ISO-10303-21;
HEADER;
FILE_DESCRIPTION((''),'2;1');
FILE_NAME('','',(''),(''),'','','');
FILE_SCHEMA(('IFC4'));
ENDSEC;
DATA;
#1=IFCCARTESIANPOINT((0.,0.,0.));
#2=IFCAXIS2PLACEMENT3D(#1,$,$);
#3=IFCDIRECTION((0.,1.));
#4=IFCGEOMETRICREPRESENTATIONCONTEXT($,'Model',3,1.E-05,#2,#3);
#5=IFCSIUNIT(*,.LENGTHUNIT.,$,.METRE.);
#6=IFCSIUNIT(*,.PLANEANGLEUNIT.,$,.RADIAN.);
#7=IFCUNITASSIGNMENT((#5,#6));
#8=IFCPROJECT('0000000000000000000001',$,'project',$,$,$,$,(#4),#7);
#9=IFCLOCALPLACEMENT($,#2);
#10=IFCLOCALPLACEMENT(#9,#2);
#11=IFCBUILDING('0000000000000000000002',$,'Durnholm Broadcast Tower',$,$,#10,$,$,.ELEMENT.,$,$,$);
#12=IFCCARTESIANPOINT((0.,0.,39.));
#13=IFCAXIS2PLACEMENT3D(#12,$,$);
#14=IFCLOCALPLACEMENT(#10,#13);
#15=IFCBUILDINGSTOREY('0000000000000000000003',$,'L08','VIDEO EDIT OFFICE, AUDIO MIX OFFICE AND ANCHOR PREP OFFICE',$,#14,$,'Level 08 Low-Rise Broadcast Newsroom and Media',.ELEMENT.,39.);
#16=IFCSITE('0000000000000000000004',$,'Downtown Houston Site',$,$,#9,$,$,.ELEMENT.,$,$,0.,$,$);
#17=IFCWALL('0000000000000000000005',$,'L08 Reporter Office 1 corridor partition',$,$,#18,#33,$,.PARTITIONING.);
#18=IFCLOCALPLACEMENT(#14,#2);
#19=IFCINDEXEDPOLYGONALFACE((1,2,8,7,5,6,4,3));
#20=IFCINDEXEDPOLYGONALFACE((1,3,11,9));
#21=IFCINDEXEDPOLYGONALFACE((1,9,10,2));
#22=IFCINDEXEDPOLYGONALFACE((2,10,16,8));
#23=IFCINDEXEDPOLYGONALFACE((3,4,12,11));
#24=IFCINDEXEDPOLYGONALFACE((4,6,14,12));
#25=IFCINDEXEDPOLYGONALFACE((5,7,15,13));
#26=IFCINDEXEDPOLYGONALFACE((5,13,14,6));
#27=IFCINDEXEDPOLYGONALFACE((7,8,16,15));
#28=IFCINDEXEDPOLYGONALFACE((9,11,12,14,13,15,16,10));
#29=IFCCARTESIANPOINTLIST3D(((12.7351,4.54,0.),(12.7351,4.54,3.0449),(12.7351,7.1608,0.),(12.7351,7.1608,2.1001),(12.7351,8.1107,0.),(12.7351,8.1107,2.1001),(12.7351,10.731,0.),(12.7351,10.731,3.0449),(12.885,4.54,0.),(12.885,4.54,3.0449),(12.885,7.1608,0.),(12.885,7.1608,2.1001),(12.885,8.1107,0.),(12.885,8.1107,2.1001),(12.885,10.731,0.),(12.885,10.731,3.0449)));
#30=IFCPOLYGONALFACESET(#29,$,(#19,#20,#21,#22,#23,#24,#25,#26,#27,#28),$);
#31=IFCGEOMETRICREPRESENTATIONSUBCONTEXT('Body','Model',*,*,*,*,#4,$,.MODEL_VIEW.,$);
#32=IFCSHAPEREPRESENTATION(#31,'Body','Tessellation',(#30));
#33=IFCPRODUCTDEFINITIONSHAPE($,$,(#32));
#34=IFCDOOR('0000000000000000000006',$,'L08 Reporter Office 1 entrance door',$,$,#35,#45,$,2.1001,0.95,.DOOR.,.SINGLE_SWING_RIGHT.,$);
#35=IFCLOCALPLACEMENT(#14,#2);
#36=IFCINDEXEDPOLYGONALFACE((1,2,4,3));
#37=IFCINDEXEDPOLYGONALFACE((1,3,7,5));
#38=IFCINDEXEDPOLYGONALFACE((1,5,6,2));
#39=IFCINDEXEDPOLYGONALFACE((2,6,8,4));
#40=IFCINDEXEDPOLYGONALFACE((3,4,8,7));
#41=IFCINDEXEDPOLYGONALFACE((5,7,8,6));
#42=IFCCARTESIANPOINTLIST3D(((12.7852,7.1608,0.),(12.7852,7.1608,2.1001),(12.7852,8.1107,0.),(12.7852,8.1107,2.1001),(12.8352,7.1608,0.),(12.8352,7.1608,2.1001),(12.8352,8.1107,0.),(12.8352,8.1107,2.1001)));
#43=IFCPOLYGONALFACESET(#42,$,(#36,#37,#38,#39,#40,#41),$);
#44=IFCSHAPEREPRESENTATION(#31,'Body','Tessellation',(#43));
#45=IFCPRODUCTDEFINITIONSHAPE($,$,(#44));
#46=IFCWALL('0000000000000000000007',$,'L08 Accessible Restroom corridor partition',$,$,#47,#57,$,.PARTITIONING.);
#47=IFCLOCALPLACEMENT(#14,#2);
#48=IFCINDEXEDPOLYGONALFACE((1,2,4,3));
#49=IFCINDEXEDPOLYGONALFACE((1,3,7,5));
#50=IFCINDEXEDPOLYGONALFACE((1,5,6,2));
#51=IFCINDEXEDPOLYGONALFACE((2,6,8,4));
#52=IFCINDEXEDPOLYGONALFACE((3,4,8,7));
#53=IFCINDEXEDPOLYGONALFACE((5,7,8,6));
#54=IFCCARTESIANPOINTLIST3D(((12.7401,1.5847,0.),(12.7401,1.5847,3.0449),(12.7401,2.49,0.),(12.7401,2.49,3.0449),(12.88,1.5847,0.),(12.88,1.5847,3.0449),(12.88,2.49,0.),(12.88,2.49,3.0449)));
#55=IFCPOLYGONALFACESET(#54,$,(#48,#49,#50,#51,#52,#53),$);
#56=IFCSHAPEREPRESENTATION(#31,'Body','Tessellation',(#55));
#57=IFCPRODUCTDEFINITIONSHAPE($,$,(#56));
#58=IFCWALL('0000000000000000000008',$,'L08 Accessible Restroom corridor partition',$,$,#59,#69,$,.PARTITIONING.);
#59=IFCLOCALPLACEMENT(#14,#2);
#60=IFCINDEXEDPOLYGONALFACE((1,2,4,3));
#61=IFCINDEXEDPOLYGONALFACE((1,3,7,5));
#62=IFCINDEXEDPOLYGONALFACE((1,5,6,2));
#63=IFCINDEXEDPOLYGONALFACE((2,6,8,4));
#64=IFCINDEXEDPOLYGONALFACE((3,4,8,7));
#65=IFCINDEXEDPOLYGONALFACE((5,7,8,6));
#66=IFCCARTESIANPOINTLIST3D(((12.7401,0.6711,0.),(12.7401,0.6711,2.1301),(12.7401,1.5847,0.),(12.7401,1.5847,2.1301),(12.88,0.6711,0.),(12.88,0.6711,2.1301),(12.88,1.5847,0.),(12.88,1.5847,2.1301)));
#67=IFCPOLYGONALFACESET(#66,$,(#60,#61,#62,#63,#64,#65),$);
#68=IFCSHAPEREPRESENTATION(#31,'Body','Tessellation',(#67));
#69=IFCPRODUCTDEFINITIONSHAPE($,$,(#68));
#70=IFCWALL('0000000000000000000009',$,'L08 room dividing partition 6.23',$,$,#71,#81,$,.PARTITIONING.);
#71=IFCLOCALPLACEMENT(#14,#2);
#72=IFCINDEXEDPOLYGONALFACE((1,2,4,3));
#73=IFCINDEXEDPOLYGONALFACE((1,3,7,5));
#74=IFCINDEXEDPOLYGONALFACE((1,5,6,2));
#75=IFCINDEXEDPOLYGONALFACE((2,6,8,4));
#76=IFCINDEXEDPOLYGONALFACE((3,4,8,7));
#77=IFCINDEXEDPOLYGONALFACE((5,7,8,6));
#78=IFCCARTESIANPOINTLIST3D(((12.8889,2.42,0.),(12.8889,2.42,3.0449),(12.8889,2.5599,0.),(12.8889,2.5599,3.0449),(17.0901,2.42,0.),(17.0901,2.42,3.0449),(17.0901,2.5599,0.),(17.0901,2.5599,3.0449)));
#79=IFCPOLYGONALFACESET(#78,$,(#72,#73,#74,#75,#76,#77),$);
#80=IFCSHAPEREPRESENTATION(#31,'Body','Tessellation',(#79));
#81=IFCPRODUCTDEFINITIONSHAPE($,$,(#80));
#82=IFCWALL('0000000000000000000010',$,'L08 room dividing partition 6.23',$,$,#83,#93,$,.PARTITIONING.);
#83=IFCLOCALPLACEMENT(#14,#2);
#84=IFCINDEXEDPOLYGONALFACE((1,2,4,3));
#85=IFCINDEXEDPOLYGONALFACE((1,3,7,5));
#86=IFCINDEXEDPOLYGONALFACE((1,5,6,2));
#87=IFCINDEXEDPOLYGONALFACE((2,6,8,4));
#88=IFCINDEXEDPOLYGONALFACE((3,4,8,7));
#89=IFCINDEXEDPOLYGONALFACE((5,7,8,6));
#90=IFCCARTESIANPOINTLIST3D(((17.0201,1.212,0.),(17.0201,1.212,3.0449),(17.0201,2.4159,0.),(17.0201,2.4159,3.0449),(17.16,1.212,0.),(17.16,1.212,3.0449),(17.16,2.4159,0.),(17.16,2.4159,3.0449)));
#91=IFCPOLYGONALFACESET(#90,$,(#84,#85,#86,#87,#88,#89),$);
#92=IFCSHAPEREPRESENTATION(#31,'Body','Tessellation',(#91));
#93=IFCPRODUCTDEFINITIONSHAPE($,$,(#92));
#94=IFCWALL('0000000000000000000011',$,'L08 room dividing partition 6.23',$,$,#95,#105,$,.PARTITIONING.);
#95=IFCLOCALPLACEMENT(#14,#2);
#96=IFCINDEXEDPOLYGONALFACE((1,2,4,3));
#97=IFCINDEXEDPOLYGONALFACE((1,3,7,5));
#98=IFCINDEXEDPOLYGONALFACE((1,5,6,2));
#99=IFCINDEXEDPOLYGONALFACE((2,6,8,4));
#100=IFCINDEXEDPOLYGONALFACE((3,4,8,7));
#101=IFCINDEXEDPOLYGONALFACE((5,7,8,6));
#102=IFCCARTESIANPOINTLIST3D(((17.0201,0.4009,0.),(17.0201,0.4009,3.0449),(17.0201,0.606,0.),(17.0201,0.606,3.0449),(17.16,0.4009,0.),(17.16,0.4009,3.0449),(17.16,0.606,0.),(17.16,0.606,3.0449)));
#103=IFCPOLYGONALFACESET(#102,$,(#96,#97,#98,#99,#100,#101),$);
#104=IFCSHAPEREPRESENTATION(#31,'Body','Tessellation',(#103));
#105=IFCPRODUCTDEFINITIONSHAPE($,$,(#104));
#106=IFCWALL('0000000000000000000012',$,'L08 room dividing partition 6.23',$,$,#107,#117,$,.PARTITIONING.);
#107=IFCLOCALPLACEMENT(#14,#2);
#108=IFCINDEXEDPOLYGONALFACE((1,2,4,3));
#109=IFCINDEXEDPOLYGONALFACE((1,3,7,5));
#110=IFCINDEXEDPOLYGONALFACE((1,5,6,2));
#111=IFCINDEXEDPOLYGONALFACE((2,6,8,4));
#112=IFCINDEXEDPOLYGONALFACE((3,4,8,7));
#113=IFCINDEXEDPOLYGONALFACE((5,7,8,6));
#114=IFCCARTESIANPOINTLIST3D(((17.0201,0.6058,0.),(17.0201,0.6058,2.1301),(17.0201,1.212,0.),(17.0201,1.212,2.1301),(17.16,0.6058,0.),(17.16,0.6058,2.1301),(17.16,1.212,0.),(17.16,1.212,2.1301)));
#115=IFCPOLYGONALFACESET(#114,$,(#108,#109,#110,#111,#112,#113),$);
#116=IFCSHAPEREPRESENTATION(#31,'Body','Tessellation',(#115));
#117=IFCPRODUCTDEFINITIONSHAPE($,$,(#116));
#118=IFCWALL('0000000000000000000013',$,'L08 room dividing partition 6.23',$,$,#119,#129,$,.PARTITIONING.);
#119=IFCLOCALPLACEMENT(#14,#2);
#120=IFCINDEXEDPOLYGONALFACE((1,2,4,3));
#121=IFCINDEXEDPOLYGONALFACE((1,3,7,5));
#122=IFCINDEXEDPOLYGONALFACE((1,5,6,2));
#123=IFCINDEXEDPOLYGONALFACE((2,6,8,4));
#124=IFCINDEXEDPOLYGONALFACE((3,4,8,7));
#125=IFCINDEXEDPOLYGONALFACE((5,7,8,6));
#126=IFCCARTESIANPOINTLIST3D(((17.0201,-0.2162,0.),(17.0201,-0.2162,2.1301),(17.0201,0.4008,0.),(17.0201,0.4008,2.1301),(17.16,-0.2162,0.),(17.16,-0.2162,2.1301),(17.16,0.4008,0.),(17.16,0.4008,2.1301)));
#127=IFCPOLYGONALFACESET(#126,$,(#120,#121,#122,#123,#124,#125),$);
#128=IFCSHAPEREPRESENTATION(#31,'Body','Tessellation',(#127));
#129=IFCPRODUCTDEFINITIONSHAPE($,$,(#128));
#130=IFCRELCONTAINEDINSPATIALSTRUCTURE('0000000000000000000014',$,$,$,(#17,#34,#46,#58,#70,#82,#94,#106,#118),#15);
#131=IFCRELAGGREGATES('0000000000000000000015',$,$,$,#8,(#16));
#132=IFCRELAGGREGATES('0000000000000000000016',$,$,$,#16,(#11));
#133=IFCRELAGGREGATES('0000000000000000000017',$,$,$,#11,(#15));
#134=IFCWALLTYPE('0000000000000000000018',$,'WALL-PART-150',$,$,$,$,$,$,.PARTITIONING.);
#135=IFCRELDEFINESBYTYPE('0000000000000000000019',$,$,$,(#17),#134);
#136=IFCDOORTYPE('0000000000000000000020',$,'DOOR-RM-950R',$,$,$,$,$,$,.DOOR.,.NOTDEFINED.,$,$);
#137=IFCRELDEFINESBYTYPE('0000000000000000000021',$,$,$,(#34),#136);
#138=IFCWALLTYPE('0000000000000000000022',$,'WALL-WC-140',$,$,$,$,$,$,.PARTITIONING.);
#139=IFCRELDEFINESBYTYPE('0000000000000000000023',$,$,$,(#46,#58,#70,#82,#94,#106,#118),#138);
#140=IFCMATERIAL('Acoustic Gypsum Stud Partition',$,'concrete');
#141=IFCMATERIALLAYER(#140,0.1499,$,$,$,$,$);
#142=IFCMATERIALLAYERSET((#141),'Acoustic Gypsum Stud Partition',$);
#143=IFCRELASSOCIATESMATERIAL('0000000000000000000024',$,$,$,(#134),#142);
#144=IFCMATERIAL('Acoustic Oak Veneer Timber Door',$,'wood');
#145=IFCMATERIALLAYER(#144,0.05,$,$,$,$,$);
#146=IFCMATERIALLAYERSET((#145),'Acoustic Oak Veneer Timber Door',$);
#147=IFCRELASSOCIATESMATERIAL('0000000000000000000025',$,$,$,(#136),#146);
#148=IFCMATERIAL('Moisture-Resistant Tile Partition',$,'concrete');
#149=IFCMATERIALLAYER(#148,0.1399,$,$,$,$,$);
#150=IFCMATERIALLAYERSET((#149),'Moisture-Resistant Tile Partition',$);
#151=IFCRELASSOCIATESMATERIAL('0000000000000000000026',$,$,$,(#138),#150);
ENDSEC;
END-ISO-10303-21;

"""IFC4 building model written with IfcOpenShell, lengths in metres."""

from ifc_helpers import new_model, si_unit, direction, frame, frame_2d, origin, place, context, subcontext, project, spatial, rectangle, extrude, source, transform, mapped, material, layer, layer_set, type_object, type_shapes, element, fill, save


model = new_model("IFC4")

# Units and contexts
model_context = context("Model", 3, precision=1e-05, world=origin(), true_north=direction((0.0, 1.0)))
body_context = subcontext(model_context, "Body", "Model", "MODEL_VIEW")
ifc_project = project(units=[si_unit("LENGTHUNIT", "METRE"), si_unit("PLANEANGLEUNIT", "RADIAN")], contexts=[model_context])

# Site, building, storey
site_placement = place(None, origin())
site = spatial("IfcSite", under=ifc_project, at=site_placement, Name="Downtown Houston Site", CompositionType="ELEMENT", RefElevation=0.0)
building_placement = place(site_placement, origin())
building = spatial("IfcBuilding", under=site, at=building_placement, Name="Durnholm Broadcast Tower", CompositionType="ELEMENT")
storey_placement = place(building_placement, frame((0.0, 0.0, 39.0)))
storey = spatial("IfcBuildingStorey", under=building, at=storey_placement, Name="L08", Description="VIDEO EDIT OFFICE, AUDIO MIX OFFICE AND ANCHOR PREP OFFICE", LongName="Level 08 Low-Rise Broadcast Newsroom and Media", CompositionType="ELEMENT", Elevation=39.0)

# Shared definitions
ifc_material_1 = material(Name="Acoustic Gypsum Stud Partition", Category="concrete")
ifc_layer_1 = layer(ifc_material_1, 0.1499)
ifc_layer_set_1 = layer_set([ifc_layer_1], Name="Acoustic Gypsum Stud Partition")
wall_type_1 = type_object("IfcWallType", Name="WALL-PART-150", PredefinedType="PARTITIONING", material=ifc_layer_set_1)

# Wall, opening, door
wall_1_placement = place(storey_placement, frame((12.8101, 4.54, 0.0), z_axis=(0.0, 0.0, 1.0), x_axis=(0.0, 1.0, 0.0)))
wall_1 = element("IfcWall", 1, at=wall_1_placement, inside=storey, type_object=wall_type_1, Name="L08 Reporter Office 1 corridor partition", PredefinedType="PARTITIONING", context=body_context, shape_type="SweptSolid", body=[
    extrude(rectangle(XDim=6.1909, YDim=0.1499, at=frame_2d((3.0955, 0.0))), origin(), (0.0, 0.0, 1.0), 3.0449),
])
opening_placement = place(wall_1_placement, frame((2.6206, 0.0, 0.0)))
opening = element("IfcOpeningElement", 2, at=opening_placement, cuts=wall_1, PredefinedType="OPENING", context=body_context, shape_type="SweptSolid", body=[
    extrude(rectangle(XDim=0.95, YDim=2.1001, at=frame_2d((0.4751, 1.05))), frame((0.0, 0.085, 0.0), z_axis=(0.0, -1.0, 0.0), x_axis=(1.0, 0.0, 0.0)), (0.0, 0.0, 1.0), 0.1699),
])
ifc_material_2 = material(Name="Acoustic Oak Veneer Timber Door", Category="wood")
ifc_layer_2 = layer(ifc_material_2, 0.05)
ifc_layer_set_2 = layer_set([ifc_layer_2], Name="Acoustic Oak Veneer Timber Door")
door_type = type_object("IfcDoorType", Name="DOOR-RM-950R", OperationType="NOTDEFINED", PredefinedType="DOOR", material=ifc_layer_set_2)
shared_shape_1 = source(origin(), body_context, "Body", "SweptSolid", [
    extrude(rectangle(XDim=0.95, YDim=2.1001, at=frame_2d((0.4751, 1.05))), frame((0.0, 0.0249, 0.0), z_axis=(0.0, -1.0, 0.0), x_axis=(1.0, 0.0, 0.0)), (0.0, 0.0, 1.0), 0.05),
])
type_shapes(door_type, [shared_shape_1])
door_placement = place(opening_placement, origin())
door = element("IfcDoor", 3, at=door_placement, inside=storey, type_object=door_type, Name="L08 Reporter Office 1 entrance door", OperationType="SINGLE_SWING_RIGHT", OverallHeight=2.1001, OverallWidth=0.95, PredefinedType="DOOR", context=body_context, shape_type="MappedRepresentation", body=[
    mapped(shared_shape_1, transform((0.0, 0.0, 0.0), x_axis=(1.0, 0.0, 0.0), y_axis=(0.0, 1.0, 0.0), z_axis=(0.0, 0.0, 1.0), scale=1.0)),
])
fill(opening, door)

# Walls
ifc_material_3 = material(Name="Moisture-Resistant Tile Partition", Category="concrete")
ifc_layer_3 = layer(ifc_material_3, 0.1399)
ifc_layer_set_3 = layer_set([ifc_layer_3], Name="Moisture-Resistant Tile Partition")
wall_type_2 = type_object("IfcWallType", Name="WALL-WC-140", PredefinedType="PARTITIONING", material=ifc_layer_set_3)
wall_2_placement = place(storey_placement, frame((12.8101, 1.5847, 0.0), z_axis=(0.0, 0.0, 1.0), x_axis=(0.0, 1.0, 0.0)))
element("IfcWall", 4, at=wall_2_placement, inside=storey, type_object=wall_type_2, Name="L08 Accessible Restroom corridor partition", PredefinedType="PARTITIONING", context=body_context, shape_type="SweptSolid", body=[
    extrude(rectangle(XDim=0.9053, YDim=0.1399, at=frame_2d((0.4526, 0.0))), origin(), (0.0, 0.0, 1.0), 3.0449),
])
wall_3_placement = place(storey_placement, frame((12.8101, 0.6711, 0.0), z_axis=(0.0, 0.0, 1.0), x_axis=(0.0, 1.0, 0.0)))
element("IfcWall", 5, at=wall_3_placement, inside=storey, type_object=wall_type_2, Name="L08 Accessible Restroom corridor partition", PredefinedType="PARTITIONING", context=body_context, shape_type="SweptSolid", body=[
    extrude(rectangle(XDim=0.9136, YDim=0.1399, at=frame_2d((0.4568, 0.0))), origin(), (0.0, 0.0, 1.0), 2.1301),
])
wall_4_placement = place(storey_placement, frame((12.8889, 2.49, 0.0), z_axis=(0.0, 0.0, 1.0), x_axis=(1.0, 0.0, 0.0)))
element("IfcWall", 6, at=wall_4_placement, inside=storey, type_object=wall_type_2, Name="L08 room dividing partition 6.23", PredefinedType="PARTITIONING", context=body_context, shape_type="SweptSolid", body=[
    extrude(rectangle(XDim=4.2012, YDim=0.1399, at=frame_2d((2.1006, 0.0))), origin(), (0.0, 0.0, 1.0), 3.0449),
])
wall_5_placement = place(storey_placement, frame((17.0901, 2.416, 0.0), z_axis=(0.0, 0.0, 1.0), x_axis=(0.0, -1.0, 0.0)))
element("IfcWall", 7, at=wall_5_placement, inside=storey, type_object=wall_type_2, Name="L08 room dividing partition 6.23", PredefinedType="PARTITIONING", context=body_context, shape_type="SweptSolid", body=[
    extrude(rectangle(XDim=1.2039, YDim=0.1399, at=frame_2d((0.6021, 0.0))), origin(), (0.0, 0.0, 1.0), 3.0449),
])
wall_6_placement = place(storey_placement, frame((17.0901, 0.606, 0.0), z_axis=(0.0, 0.0, 1.0), x_axis=(0.0, -1.0, 0.0)))
element("IfcWall", 8, at=wall_6_placement, inside=storey, type_object=wall_type_2, Name="L08 room dividing partition 6.23", PredefinedType="PARTITIONING", context=body_context, shape_type="SweptSolid", body=[
    extrude(rectangle(XDim=0.2051, YDim=0.1399, at=frame_2d((0.1025, 0.0))), origin(), (0.0, 0.0, 1.0), 3.0449),
])
wall_7_placement = place(storey_placement, frame((17.0901, 1.2122, 0.0), z_axis=(0.0, 0.0, 1.0), x_axis=(0.0, -1.0, 0.0)))
element("IfcWall", 9, at=wall_7_placement, inside=storey, type_object=wall_type_2, Name="L08 room dividing partition 6.23", PredefinedType="PARTITIONING", context=body_context, shape_type="SweptSolid", body=[
    extrude(rectangle(XDim=0.6062, YDim=0.1399, at=frame_2d((0.3032, 0.0))), origin(), (0.0, 0.0, 1.0), 2.1301),
])
wall_8_placement = place(storey_placement, frame((17.0901, 0.4009, 0.0), z_axis=(0.0, 0.0, 1.0), x_axis=(0.0, -1.0, 0.0)))
element("IfcWall", 10, at=wall_8_placement, inside=storey, type_object=wall_type_2, Name="L08 room dividing partition 6.23", PredefinedType="PARTITIONING", context=body_context, shape_type="SweptSolid", body=[
    extrude(rectangle(XDim=0.6169, YDim=0.1399, at=frame_2d((0.3086, 0.0))), origin(), (0.0, 0.0, 1.0), 2.1301),
])

save(model, "model.ifc")
